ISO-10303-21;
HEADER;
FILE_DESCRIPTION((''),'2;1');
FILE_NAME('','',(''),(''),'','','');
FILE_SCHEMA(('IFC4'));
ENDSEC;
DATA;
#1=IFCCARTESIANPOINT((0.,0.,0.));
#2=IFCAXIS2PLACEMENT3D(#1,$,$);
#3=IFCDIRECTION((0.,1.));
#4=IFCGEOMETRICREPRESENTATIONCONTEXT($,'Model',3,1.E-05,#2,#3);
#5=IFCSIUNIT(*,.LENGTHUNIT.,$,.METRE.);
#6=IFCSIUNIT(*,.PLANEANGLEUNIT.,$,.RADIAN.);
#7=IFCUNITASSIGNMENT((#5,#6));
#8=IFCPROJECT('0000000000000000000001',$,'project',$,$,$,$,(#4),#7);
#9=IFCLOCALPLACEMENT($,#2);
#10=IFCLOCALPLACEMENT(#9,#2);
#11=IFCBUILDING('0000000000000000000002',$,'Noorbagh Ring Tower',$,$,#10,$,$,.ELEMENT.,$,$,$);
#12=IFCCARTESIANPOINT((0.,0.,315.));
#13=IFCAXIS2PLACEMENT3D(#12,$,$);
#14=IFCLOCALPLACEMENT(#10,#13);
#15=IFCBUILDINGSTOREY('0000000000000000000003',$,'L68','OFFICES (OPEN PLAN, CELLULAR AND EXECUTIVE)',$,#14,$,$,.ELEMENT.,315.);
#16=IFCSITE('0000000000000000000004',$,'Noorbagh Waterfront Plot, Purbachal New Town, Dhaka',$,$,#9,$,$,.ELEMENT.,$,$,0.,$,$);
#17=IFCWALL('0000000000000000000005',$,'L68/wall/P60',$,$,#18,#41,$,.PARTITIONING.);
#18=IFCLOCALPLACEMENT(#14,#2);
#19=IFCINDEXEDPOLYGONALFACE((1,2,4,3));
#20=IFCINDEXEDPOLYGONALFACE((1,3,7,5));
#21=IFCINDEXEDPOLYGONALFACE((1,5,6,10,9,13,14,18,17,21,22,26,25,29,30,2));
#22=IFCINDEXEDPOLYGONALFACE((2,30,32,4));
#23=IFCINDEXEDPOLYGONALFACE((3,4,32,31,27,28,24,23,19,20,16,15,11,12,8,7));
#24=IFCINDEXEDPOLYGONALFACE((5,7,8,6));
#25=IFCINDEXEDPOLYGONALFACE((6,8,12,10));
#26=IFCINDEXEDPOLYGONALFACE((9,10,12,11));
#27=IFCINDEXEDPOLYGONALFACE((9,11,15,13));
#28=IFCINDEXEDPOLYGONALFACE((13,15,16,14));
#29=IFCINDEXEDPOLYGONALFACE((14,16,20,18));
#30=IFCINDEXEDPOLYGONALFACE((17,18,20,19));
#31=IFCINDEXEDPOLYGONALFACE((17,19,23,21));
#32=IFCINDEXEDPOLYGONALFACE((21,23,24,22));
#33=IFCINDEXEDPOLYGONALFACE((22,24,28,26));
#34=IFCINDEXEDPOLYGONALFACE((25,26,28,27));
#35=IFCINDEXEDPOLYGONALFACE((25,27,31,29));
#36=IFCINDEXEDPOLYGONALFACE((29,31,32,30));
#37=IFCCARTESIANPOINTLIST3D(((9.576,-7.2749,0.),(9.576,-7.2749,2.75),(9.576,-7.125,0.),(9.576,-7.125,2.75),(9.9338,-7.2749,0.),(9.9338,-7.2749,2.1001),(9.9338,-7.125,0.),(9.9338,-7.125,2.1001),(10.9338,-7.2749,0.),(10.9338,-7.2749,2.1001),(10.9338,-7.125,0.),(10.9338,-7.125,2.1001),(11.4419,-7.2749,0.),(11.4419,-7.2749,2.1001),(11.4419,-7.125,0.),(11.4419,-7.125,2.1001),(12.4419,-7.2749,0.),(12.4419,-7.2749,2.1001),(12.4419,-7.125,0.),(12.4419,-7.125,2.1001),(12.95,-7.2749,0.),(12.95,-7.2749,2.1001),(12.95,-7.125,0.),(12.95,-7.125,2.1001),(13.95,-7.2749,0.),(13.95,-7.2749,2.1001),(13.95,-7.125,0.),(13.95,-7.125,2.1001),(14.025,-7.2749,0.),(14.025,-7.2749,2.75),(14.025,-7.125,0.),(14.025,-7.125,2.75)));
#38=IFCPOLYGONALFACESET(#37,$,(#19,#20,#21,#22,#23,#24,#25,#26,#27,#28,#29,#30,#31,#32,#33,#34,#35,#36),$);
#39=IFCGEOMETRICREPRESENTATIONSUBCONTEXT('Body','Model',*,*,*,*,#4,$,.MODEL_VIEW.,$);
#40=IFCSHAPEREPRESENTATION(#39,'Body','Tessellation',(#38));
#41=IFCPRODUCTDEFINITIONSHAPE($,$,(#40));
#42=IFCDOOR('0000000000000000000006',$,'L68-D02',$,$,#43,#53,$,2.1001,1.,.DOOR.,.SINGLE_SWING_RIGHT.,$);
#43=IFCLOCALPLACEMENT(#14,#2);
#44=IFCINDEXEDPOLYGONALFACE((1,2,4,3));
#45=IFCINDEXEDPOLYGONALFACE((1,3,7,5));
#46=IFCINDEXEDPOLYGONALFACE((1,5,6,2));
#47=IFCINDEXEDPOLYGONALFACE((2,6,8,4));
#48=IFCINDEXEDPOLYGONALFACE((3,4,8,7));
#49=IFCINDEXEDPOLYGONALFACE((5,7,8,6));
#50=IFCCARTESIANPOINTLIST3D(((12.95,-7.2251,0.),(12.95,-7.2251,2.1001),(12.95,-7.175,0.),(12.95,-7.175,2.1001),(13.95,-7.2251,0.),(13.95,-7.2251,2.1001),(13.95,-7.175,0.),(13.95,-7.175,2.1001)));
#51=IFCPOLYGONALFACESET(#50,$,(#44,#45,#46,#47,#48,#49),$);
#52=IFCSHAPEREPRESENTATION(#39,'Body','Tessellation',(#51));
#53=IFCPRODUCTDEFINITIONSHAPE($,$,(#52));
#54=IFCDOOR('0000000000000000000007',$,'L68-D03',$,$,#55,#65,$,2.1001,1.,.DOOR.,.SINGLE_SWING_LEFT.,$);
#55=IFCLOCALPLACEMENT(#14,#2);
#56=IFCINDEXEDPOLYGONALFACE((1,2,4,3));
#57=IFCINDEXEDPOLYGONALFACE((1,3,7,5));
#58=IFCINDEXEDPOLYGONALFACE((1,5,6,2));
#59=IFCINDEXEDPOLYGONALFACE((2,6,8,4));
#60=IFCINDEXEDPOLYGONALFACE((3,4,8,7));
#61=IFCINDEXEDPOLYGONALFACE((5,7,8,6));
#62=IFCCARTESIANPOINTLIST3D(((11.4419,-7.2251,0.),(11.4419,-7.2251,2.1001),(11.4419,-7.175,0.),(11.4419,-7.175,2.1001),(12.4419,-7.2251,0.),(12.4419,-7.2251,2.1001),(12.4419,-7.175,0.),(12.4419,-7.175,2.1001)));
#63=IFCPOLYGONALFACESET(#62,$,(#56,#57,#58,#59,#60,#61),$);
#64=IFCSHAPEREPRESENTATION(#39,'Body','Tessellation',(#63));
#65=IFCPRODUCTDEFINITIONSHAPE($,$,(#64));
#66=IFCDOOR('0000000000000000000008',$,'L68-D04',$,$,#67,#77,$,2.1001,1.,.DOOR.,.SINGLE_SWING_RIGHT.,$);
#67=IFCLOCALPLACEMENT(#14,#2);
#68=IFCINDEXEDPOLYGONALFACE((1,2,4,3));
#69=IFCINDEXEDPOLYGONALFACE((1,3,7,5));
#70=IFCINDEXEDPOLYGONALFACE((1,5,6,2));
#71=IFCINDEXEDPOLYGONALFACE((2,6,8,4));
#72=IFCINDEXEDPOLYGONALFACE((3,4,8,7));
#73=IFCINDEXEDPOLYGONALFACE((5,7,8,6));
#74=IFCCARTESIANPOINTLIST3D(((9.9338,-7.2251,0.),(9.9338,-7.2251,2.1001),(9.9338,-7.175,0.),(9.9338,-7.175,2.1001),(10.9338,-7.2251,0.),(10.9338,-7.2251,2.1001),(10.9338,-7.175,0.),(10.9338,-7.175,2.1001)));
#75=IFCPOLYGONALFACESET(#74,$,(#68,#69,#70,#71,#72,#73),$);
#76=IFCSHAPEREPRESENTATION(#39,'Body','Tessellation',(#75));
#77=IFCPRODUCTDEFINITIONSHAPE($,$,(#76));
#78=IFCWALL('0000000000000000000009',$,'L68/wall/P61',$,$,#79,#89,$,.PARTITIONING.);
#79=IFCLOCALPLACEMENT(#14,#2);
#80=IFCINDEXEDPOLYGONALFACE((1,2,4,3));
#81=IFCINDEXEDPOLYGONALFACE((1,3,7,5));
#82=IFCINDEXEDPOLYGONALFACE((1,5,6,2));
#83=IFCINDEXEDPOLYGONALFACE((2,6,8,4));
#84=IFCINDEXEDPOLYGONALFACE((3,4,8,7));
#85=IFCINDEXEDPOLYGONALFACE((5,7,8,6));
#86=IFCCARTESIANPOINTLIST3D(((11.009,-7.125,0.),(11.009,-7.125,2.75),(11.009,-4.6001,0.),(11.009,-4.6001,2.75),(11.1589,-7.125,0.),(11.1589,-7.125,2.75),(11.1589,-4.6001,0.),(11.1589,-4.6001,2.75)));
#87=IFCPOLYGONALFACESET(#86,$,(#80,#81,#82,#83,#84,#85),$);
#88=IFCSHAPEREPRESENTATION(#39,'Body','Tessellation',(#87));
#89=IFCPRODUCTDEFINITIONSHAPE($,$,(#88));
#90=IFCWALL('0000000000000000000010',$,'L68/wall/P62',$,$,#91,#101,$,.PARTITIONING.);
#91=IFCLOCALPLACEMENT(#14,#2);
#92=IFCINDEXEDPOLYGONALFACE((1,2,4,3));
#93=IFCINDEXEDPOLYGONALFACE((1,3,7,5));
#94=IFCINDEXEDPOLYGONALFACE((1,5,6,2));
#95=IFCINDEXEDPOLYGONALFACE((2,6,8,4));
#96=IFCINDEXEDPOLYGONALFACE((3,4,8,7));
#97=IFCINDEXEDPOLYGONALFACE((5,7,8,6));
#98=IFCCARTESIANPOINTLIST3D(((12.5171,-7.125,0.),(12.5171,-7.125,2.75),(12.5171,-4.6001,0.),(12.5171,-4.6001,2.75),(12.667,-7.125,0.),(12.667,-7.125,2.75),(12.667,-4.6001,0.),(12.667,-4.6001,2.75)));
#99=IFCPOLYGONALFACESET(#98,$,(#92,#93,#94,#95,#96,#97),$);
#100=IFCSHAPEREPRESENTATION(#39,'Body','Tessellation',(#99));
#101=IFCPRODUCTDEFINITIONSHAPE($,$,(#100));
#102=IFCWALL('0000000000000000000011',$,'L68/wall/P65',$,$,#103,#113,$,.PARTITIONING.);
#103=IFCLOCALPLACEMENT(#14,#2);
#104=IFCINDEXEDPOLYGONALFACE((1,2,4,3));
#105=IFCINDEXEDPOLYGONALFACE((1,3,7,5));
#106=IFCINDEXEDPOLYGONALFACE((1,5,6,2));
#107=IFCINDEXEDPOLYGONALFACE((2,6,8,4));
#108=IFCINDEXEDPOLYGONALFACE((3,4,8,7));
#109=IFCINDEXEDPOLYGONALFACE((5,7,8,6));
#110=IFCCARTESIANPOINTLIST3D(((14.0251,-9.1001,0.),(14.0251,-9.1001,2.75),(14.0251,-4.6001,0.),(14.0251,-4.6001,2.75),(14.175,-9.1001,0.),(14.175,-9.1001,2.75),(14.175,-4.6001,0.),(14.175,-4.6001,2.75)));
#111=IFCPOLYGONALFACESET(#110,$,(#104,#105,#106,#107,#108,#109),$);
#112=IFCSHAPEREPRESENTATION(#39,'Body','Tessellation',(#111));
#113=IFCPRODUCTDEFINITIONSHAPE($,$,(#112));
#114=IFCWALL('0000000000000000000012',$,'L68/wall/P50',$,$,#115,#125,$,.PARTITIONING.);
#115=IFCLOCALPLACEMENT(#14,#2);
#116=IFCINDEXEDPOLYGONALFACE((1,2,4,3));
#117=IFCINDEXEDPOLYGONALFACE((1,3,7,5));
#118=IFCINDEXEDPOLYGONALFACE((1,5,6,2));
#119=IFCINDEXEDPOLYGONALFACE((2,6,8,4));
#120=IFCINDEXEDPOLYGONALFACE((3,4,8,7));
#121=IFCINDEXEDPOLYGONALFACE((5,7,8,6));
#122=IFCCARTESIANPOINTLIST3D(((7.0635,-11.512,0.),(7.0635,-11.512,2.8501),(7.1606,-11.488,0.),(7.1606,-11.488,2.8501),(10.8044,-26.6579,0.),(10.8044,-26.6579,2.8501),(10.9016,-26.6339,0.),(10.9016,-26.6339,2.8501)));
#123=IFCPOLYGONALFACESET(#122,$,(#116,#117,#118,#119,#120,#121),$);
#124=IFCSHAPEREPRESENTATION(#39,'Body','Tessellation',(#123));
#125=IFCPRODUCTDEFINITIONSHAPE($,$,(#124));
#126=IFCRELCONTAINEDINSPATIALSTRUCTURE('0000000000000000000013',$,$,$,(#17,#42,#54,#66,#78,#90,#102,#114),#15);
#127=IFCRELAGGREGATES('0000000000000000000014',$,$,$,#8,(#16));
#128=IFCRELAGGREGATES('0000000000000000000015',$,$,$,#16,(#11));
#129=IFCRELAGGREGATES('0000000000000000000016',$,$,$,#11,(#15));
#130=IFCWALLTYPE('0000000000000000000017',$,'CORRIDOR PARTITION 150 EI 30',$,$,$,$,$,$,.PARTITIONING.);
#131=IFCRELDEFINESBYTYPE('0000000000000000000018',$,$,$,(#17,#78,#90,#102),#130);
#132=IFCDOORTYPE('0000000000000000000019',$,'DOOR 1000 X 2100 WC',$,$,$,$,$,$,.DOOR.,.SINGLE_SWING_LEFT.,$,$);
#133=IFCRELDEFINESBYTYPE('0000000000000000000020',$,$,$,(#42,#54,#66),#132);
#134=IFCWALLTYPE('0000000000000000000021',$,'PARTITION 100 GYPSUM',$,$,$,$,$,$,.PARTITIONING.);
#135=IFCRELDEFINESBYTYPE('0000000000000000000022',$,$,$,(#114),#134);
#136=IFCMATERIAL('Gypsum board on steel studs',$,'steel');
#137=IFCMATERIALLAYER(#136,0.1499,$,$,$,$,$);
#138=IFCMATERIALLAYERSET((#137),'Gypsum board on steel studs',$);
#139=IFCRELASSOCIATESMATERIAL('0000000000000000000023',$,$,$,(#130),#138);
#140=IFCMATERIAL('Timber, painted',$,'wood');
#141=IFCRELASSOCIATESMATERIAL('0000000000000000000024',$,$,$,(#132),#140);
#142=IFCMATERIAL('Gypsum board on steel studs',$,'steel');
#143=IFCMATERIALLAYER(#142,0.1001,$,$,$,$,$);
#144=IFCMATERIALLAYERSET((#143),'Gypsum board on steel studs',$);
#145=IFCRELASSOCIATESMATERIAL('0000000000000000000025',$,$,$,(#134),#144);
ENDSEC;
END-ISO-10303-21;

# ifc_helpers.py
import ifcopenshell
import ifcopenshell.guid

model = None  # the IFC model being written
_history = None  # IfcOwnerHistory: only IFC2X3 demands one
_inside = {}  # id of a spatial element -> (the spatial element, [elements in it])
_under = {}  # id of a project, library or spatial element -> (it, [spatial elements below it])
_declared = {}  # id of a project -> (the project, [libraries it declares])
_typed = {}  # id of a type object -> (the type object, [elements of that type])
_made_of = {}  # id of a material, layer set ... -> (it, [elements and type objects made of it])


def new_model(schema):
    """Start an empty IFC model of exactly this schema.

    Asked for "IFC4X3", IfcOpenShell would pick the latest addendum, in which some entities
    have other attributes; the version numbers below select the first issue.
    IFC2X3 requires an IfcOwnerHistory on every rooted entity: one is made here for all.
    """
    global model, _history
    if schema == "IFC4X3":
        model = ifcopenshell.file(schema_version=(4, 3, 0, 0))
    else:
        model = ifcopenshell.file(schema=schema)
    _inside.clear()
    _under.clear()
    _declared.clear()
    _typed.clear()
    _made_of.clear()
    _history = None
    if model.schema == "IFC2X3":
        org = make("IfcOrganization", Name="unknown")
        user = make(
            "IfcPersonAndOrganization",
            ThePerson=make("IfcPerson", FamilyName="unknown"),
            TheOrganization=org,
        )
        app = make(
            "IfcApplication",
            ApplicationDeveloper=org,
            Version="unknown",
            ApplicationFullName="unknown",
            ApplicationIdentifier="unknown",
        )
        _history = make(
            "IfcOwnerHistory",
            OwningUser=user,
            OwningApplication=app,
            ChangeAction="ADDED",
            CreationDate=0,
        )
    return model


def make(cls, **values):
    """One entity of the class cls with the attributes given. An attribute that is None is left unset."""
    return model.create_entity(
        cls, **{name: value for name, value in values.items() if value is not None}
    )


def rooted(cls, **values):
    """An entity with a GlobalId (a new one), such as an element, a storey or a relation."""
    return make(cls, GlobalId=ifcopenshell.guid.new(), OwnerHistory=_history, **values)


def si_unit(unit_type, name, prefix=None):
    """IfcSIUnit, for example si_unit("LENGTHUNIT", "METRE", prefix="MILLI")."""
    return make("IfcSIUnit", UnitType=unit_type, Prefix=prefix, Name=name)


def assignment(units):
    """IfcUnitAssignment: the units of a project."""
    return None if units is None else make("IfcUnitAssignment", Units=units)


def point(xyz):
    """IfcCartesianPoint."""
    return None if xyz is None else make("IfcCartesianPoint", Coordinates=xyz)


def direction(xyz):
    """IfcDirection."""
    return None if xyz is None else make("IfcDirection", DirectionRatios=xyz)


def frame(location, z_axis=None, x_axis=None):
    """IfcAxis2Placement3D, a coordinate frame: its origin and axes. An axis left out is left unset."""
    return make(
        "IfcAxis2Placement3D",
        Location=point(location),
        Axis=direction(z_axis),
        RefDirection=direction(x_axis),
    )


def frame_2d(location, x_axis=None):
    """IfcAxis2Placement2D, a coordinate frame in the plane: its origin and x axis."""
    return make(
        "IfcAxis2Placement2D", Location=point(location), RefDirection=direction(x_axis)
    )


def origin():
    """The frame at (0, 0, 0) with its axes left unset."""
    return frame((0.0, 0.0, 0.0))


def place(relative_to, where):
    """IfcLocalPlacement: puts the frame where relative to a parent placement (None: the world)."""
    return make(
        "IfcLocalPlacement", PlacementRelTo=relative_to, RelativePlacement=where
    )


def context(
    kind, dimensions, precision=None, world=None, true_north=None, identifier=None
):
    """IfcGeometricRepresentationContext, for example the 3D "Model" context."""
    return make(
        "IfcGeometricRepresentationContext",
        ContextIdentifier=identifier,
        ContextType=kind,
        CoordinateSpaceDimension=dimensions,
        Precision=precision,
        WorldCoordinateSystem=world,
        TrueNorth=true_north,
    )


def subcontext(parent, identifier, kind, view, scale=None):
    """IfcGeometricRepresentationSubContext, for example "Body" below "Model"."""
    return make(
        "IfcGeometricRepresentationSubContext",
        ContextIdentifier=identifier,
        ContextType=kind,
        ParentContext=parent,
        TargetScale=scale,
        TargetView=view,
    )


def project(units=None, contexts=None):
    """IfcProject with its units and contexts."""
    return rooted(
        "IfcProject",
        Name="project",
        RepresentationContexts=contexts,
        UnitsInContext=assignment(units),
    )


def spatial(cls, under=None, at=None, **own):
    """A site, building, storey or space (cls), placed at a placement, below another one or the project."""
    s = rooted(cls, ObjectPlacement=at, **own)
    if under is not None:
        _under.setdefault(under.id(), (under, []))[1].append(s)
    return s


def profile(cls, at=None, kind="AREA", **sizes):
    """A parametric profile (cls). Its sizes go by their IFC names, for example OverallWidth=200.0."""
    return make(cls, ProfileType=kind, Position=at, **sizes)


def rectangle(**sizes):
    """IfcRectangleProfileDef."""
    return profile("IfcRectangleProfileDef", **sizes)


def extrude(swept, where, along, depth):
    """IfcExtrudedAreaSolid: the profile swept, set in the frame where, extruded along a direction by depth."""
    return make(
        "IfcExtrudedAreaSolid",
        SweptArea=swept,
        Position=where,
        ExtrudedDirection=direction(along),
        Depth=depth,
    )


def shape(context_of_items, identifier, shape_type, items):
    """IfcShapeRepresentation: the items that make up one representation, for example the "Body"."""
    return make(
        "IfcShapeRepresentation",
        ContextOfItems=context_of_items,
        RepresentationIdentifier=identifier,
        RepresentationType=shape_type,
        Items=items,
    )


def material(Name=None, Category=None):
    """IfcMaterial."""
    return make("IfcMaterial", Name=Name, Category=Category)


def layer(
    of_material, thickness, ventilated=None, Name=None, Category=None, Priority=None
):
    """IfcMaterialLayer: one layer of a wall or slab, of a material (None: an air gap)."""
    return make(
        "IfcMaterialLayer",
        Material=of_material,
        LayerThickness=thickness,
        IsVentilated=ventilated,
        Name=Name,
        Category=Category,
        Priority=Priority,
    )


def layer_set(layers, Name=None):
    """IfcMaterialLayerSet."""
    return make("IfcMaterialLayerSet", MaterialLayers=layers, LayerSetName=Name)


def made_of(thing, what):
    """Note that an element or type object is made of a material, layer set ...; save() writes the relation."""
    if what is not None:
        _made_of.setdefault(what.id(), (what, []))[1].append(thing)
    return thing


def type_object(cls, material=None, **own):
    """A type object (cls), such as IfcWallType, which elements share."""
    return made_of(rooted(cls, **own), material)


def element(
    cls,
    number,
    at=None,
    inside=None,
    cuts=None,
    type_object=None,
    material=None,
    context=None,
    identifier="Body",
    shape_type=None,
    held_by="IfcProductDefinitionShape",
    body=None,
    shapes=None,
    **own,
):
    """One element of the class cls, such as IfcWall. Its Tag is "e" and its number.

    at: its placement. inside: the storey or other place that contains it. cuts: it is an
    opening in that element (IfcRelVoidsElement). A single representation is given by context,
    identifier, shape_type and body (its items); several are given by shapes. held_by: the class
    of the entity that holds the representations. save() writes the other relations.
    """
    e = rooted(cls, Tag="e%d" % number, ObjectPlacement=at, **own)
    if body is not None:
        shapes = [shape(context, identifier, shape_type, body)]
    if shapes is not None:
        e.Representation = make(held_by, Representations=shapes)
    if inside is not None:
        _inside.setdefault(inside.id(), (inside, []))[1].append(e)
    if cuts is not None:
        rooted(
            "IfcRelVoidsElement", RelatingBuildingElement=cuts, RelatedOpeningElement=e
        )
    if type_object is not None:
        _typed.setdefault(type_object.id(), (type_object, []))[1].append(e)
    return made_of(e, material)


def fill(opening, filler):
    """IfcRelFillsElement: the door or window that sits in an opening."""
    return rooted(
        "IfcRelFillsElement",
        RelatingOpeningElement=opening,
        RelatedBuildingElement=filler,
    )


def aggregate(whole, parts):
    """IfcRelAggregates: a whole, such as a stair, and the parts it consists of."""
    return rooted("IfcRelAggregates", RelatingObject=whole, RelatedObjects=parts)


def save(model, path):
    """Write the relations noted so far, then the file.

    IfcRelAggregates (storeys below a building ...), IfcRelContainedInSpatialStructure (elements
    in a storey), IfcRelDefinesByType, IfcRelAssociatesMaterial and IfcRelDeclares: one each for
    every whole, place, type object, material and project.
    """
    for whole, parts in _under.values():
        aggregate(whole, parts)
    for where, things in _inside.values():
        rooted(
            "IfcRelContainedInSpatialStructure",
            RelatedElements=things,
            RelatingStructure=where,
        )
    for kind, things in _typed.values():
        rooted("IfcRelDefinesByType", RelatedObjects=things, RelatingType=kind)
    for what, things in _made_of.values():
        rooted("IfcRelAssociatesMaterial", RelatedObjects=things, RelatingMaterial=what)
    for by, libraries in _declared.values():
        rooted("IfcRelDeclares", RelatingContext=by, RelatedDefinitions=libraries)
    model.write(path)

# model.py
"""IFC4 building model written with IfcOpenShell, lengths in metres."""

from ifc_helpers import new_model, si_unit, direction, frame, frame_2d, origin, place, context, subcontext, project, spatial, rectangle, extrude, material, layer, layer_set, type_object, element, fill, save


model = new_model("IFC4")

# Units and contexts
model_context = context("Model", 3, precision=1e-05, world=origin(), true_north=direction((0.0, 1.0)))
body_context = subcontext(model_context, "Body", "Model", "MODEL_VIEW")
ifc_project = project(units=[si_unit("LENGTHUNIT", "METRE"), si_unit("PLANEANGLEUNIT", "RADIAN")], contexts=[model_context])

# Site, building, storey
site_placement = place(None, origin())
site = spatial("IfcSite", under=ifc_project, at=site_placement, Name="Noorbagh Waterfront Plot, Purbachal New Town, Dhaka", CompositionType="ELEMENT", RefElevation=0.0)
building_placement = place(site_placement, origin())
building = spatial("IfcBuilding", under=site, at=building_placement, Name="Noorbagh Ring Tower", CompositionType="ELEMENT")
storey_placement = place(building_placement, frame((0.0, 0.0, 315.0)))
storey = spatial("IfcBuildingStorey", under=building, at=storey_placement, Name="L68", Description="OFFICES (OPEN PLAN, CELLULAR AND EXECUTIVE)", CompositionType="ELEMENT", Elevation=315.0)

# Shared definitions
ifc_material_1 = material(Name="Gypsum board on steel studs", Category="steel")
ifc_layer_1 = layer(ifc_material_1, 0.1499)
ifc_layer_set_1 = layer_set([ifc_layer_1], Name="Gypsum board on steel studs")
wall_type_1 = type_object("IfcWallType", Name="CORRIDOR PARTITION 150 EI 30", PredefinedType="PARTITIONING", material=ifc_layer_set_1)

# Wall, openings, doors
wall_1_placement = place(storey_placement, frame((9.5759, -7.2, 0.0), z_axis=(0.0, 0.0, 1.0), x_axis=(1.0, 0.0, 0.0)))
wall_1 = element("IfcWall", 1, at=wall_1_placement, inside=storey, type_object=wall_type_1, Name="L68/wall/P60", PredefinedType="PARTITIONING", context=body_context, shape_type="SweptSolid", body=[
    extrude(rectangle(XDim=4.449, YDim=0.1499, at=frame_2d((2.2246, 0.0))), origin(), (0.0, 0.0, 1.0), 2.75),
])
opening_1_placement = place(wall_1_placement, frame((3.374, 0.0, 0.0)))
opening_1 = element("IfcOpeningElement", 2, at=opening_1_placement, cuts=wall_1, PredefinedType="OPENING", context=body_context, shape_type="SweptSolid", body=[
    extrude(rectangle(XDim=1.0, YDim=2.1001, at=frame_2d((0.5, 1.05))), frame((0.0, 0.085, 0.0), z_axis=(0.0, -1.0, 0.0), x_axis=(1.0, 0.0, 0.0)), (0.0, 0.0, 1.0), 0.1699),
])
opening_2_placement = place(wall_1_placement, frame((1.866, 0.0, 0.0)))
opening_2 = element("IfcOpeningElement", 3, at=opening_2_placement, cuts=wall_1, PredefinedType="OPENING", context=body_context, shape_type="SweptSolid", body=[
    extrude(rectangle(XDim=1.0, YDim=2.1001, at=frame_2d((0.5, 1.05))), frame((0.0, 0.085, 0.0), z_axis=(0.0, -1.0, 0.0), x_axis=(1.0, 0.0, 0.0)), (0.0, 0.0, 1.0), 0.1699),
])
opening_3_placement = place(wall_1_placement, frame((0.3579, 0.0, 0.0)))
opening_3 = element("IfcOpeningElement", 4, at=opening_3_placement, cuts=wall_1, PredefinedType="OPENING", context=body_context, shape_type="SweptSolid", body=[
    extrude(rectangle(XDim=1.0, YDim=2.1001, at=frame_2d((0.5, 1.05))), frame((0.0, 0.085, 0.0), z_axis=(0.0, -1.0, 0.0), x_axis=(1.0, 0.0, 0.0)), (0.0, 0.0, 1.0), 0.1699),
])
ifc_material_2 = material(Name="Timber, painted", Category="wood")
door_type_1 = type_object("IfcDoorType", Name="DOOR 1000 X 2100 WC", OperationType="SINGLE_SWING_LEFT", PredefinedType="DOOR", material=ifc_material_2)
door_1_placement = place(opening_1_placement, origin())
door_1 = element("IfcDoor", 5, at=door_1_placement, inside=storey, type_object=door_type_1, Name="L68-D02", OperationType="SINGLE_SWING_RIGHT", OverallHeight=2.1001, OverallWidth=1.0, PredefinedType="DOOR", context=body_context, shape_type="SweptSolid", body=[
    extrude(rectangle(XDim=1.0, YDim=2.1001, at=frame_2d((0.5, 1.05))), frame((0.0, 0.0249, 0.0), z_axis=(0.0, -1.0, 0.0), x_axis=(1.0, 0.0, 0.0)), (0.0, 0.0, 1.0), 0.05),
])
fill(opening_1, door_1)
door_2_placement = place(opening_2_placement, origin())
door_2 = element("IfcDoor", 6, at=door_2_placement, inside=storey, type_object=door_type_1, Name="L68-D03", OperationType="SINGLE_SWING_LEFT", OverallHeight=2.1001, OverallWidth=1.0, PredefinedType="DOOR", context=body_context, shape_type="SweptSolid", body=[
    extrude(rectangle(XDim=1.0, YDim=2.1001, at=frame_2d((0.5, 1.05))), frame((0.0, 0.0249, 0.0), z_axis=(0.0, -1.0, 0.0), x_axis=(1.0, 0.0, 0.0)), (0.0, 0.0, 1.0), 0.05),
])
fill(opening_2, door_2)
door_3_placement = place(opening_3_placement, origin())
door_3 = element("IfcDoor", 7, at=door_3_placement, inside=storey, type_object=door_type_1, Name="L68-D04", OperationType="SINGLE_SWING_RIGHT", OverallHeight=2.1001, OverallWidth=1.0, PredefinedType="DOOR", context=body_context, shape_type="SweptSolid", body=[
    extrude(rectangle(XDim=1.0, YDim=2.1001, at=frame_2d((0.5, 1.05))), frame((0.0, 0.0249, 0.0), z_axis=(0.0, -1.0, 0.0), x_axis=(1.0, 0.0, 0.0)), (0.0, 0.0, 1.0), 0.05),
])
fill(opening_3, door_3)

# Walls
for number, where, z_axis, x_axis, name in (
    (8, (11.084, -7.125, 0.0), (0.0, 0.0, 1.0), (0.0, 1.0, 0.0), "L68/wall/P61"),
    (9, (12.592, -7.125, 0.0), (0.0, 0.0, 1.0), (0.0, 1.0, 0.0), "L68/wall/P62"),
):
    element("IfcWall", number, at=place(storey_placement, frame(where, z_axis=z_axis, x_axis=x_axis)), inside=storey, type_object=wall_type_1, Name=name, PredefinedType="PARTITIONING", context=body_context, shape_type="SweptSolid", body=[
        extrude(rectangle(XDim=2.5249, YDim=0.1499, at=frame_2d((1.2625, 0.0))), origin(), (0.0, 0.0, 1.0), 2.75),
    ])
wall_2_placement = place(storey_placement, frame((14.1001, -9.1001, 0.0), z_axis=(0.0, 0.0, 1.0), x_axis=(0.0, 1.0, 0.0)))
element("IfcWall", 10, at=wall_2_placement, inside=storey, type_object=wall_type_1, Name="L68/wall/P65", PredefinedType="PARTITIONING", context=body_context, shape_type="SweptSolid", body=[
    extrude(rectangle(XDim=4.5, YDim=0.1499, at=frame_2d((2.25, 0.0))), origin(), (0.0, 0.0, 1.0), 2.75),
])
ifc_material_3 = material(Name="Gypsum board on steel studs", Category="steel")
ifc_layer_2 = layer(ifc_material_3, 0.1001)
ifc_layer_set_2 = layer_set([ifc_layer_2], Name="Gypsum board on steel studs")
wall_type_2 = type_object("IfcWallType", Name="PARTITION 100 GYPSUM", PredefinedType="PARTITIONING", material=ifc_layer_set_2)
wall_3_placement = place(storey_placement, frame((7.1121, -11.5, 0.0), z_axis=(0.0, 0.0, 1.0), x_axis=(0.239788, -0.970825, 0.0)))
element("IfcWall", 11, at=wall_3_placement, inside=storey, type_object=wall_type_2, Name="L68/wall/P50", PredefinedType="PARTITIONING", context=body_context, shape_type="SweptSolid", body=[
    extrude(rectangle(XDim=15.6011, YDim=0.1001, at=frame_2d((7.8005, 0.0))), origin(), (0.0, 0.0, 1.0), 2.8501),
])

save(model, "model.ifc")
